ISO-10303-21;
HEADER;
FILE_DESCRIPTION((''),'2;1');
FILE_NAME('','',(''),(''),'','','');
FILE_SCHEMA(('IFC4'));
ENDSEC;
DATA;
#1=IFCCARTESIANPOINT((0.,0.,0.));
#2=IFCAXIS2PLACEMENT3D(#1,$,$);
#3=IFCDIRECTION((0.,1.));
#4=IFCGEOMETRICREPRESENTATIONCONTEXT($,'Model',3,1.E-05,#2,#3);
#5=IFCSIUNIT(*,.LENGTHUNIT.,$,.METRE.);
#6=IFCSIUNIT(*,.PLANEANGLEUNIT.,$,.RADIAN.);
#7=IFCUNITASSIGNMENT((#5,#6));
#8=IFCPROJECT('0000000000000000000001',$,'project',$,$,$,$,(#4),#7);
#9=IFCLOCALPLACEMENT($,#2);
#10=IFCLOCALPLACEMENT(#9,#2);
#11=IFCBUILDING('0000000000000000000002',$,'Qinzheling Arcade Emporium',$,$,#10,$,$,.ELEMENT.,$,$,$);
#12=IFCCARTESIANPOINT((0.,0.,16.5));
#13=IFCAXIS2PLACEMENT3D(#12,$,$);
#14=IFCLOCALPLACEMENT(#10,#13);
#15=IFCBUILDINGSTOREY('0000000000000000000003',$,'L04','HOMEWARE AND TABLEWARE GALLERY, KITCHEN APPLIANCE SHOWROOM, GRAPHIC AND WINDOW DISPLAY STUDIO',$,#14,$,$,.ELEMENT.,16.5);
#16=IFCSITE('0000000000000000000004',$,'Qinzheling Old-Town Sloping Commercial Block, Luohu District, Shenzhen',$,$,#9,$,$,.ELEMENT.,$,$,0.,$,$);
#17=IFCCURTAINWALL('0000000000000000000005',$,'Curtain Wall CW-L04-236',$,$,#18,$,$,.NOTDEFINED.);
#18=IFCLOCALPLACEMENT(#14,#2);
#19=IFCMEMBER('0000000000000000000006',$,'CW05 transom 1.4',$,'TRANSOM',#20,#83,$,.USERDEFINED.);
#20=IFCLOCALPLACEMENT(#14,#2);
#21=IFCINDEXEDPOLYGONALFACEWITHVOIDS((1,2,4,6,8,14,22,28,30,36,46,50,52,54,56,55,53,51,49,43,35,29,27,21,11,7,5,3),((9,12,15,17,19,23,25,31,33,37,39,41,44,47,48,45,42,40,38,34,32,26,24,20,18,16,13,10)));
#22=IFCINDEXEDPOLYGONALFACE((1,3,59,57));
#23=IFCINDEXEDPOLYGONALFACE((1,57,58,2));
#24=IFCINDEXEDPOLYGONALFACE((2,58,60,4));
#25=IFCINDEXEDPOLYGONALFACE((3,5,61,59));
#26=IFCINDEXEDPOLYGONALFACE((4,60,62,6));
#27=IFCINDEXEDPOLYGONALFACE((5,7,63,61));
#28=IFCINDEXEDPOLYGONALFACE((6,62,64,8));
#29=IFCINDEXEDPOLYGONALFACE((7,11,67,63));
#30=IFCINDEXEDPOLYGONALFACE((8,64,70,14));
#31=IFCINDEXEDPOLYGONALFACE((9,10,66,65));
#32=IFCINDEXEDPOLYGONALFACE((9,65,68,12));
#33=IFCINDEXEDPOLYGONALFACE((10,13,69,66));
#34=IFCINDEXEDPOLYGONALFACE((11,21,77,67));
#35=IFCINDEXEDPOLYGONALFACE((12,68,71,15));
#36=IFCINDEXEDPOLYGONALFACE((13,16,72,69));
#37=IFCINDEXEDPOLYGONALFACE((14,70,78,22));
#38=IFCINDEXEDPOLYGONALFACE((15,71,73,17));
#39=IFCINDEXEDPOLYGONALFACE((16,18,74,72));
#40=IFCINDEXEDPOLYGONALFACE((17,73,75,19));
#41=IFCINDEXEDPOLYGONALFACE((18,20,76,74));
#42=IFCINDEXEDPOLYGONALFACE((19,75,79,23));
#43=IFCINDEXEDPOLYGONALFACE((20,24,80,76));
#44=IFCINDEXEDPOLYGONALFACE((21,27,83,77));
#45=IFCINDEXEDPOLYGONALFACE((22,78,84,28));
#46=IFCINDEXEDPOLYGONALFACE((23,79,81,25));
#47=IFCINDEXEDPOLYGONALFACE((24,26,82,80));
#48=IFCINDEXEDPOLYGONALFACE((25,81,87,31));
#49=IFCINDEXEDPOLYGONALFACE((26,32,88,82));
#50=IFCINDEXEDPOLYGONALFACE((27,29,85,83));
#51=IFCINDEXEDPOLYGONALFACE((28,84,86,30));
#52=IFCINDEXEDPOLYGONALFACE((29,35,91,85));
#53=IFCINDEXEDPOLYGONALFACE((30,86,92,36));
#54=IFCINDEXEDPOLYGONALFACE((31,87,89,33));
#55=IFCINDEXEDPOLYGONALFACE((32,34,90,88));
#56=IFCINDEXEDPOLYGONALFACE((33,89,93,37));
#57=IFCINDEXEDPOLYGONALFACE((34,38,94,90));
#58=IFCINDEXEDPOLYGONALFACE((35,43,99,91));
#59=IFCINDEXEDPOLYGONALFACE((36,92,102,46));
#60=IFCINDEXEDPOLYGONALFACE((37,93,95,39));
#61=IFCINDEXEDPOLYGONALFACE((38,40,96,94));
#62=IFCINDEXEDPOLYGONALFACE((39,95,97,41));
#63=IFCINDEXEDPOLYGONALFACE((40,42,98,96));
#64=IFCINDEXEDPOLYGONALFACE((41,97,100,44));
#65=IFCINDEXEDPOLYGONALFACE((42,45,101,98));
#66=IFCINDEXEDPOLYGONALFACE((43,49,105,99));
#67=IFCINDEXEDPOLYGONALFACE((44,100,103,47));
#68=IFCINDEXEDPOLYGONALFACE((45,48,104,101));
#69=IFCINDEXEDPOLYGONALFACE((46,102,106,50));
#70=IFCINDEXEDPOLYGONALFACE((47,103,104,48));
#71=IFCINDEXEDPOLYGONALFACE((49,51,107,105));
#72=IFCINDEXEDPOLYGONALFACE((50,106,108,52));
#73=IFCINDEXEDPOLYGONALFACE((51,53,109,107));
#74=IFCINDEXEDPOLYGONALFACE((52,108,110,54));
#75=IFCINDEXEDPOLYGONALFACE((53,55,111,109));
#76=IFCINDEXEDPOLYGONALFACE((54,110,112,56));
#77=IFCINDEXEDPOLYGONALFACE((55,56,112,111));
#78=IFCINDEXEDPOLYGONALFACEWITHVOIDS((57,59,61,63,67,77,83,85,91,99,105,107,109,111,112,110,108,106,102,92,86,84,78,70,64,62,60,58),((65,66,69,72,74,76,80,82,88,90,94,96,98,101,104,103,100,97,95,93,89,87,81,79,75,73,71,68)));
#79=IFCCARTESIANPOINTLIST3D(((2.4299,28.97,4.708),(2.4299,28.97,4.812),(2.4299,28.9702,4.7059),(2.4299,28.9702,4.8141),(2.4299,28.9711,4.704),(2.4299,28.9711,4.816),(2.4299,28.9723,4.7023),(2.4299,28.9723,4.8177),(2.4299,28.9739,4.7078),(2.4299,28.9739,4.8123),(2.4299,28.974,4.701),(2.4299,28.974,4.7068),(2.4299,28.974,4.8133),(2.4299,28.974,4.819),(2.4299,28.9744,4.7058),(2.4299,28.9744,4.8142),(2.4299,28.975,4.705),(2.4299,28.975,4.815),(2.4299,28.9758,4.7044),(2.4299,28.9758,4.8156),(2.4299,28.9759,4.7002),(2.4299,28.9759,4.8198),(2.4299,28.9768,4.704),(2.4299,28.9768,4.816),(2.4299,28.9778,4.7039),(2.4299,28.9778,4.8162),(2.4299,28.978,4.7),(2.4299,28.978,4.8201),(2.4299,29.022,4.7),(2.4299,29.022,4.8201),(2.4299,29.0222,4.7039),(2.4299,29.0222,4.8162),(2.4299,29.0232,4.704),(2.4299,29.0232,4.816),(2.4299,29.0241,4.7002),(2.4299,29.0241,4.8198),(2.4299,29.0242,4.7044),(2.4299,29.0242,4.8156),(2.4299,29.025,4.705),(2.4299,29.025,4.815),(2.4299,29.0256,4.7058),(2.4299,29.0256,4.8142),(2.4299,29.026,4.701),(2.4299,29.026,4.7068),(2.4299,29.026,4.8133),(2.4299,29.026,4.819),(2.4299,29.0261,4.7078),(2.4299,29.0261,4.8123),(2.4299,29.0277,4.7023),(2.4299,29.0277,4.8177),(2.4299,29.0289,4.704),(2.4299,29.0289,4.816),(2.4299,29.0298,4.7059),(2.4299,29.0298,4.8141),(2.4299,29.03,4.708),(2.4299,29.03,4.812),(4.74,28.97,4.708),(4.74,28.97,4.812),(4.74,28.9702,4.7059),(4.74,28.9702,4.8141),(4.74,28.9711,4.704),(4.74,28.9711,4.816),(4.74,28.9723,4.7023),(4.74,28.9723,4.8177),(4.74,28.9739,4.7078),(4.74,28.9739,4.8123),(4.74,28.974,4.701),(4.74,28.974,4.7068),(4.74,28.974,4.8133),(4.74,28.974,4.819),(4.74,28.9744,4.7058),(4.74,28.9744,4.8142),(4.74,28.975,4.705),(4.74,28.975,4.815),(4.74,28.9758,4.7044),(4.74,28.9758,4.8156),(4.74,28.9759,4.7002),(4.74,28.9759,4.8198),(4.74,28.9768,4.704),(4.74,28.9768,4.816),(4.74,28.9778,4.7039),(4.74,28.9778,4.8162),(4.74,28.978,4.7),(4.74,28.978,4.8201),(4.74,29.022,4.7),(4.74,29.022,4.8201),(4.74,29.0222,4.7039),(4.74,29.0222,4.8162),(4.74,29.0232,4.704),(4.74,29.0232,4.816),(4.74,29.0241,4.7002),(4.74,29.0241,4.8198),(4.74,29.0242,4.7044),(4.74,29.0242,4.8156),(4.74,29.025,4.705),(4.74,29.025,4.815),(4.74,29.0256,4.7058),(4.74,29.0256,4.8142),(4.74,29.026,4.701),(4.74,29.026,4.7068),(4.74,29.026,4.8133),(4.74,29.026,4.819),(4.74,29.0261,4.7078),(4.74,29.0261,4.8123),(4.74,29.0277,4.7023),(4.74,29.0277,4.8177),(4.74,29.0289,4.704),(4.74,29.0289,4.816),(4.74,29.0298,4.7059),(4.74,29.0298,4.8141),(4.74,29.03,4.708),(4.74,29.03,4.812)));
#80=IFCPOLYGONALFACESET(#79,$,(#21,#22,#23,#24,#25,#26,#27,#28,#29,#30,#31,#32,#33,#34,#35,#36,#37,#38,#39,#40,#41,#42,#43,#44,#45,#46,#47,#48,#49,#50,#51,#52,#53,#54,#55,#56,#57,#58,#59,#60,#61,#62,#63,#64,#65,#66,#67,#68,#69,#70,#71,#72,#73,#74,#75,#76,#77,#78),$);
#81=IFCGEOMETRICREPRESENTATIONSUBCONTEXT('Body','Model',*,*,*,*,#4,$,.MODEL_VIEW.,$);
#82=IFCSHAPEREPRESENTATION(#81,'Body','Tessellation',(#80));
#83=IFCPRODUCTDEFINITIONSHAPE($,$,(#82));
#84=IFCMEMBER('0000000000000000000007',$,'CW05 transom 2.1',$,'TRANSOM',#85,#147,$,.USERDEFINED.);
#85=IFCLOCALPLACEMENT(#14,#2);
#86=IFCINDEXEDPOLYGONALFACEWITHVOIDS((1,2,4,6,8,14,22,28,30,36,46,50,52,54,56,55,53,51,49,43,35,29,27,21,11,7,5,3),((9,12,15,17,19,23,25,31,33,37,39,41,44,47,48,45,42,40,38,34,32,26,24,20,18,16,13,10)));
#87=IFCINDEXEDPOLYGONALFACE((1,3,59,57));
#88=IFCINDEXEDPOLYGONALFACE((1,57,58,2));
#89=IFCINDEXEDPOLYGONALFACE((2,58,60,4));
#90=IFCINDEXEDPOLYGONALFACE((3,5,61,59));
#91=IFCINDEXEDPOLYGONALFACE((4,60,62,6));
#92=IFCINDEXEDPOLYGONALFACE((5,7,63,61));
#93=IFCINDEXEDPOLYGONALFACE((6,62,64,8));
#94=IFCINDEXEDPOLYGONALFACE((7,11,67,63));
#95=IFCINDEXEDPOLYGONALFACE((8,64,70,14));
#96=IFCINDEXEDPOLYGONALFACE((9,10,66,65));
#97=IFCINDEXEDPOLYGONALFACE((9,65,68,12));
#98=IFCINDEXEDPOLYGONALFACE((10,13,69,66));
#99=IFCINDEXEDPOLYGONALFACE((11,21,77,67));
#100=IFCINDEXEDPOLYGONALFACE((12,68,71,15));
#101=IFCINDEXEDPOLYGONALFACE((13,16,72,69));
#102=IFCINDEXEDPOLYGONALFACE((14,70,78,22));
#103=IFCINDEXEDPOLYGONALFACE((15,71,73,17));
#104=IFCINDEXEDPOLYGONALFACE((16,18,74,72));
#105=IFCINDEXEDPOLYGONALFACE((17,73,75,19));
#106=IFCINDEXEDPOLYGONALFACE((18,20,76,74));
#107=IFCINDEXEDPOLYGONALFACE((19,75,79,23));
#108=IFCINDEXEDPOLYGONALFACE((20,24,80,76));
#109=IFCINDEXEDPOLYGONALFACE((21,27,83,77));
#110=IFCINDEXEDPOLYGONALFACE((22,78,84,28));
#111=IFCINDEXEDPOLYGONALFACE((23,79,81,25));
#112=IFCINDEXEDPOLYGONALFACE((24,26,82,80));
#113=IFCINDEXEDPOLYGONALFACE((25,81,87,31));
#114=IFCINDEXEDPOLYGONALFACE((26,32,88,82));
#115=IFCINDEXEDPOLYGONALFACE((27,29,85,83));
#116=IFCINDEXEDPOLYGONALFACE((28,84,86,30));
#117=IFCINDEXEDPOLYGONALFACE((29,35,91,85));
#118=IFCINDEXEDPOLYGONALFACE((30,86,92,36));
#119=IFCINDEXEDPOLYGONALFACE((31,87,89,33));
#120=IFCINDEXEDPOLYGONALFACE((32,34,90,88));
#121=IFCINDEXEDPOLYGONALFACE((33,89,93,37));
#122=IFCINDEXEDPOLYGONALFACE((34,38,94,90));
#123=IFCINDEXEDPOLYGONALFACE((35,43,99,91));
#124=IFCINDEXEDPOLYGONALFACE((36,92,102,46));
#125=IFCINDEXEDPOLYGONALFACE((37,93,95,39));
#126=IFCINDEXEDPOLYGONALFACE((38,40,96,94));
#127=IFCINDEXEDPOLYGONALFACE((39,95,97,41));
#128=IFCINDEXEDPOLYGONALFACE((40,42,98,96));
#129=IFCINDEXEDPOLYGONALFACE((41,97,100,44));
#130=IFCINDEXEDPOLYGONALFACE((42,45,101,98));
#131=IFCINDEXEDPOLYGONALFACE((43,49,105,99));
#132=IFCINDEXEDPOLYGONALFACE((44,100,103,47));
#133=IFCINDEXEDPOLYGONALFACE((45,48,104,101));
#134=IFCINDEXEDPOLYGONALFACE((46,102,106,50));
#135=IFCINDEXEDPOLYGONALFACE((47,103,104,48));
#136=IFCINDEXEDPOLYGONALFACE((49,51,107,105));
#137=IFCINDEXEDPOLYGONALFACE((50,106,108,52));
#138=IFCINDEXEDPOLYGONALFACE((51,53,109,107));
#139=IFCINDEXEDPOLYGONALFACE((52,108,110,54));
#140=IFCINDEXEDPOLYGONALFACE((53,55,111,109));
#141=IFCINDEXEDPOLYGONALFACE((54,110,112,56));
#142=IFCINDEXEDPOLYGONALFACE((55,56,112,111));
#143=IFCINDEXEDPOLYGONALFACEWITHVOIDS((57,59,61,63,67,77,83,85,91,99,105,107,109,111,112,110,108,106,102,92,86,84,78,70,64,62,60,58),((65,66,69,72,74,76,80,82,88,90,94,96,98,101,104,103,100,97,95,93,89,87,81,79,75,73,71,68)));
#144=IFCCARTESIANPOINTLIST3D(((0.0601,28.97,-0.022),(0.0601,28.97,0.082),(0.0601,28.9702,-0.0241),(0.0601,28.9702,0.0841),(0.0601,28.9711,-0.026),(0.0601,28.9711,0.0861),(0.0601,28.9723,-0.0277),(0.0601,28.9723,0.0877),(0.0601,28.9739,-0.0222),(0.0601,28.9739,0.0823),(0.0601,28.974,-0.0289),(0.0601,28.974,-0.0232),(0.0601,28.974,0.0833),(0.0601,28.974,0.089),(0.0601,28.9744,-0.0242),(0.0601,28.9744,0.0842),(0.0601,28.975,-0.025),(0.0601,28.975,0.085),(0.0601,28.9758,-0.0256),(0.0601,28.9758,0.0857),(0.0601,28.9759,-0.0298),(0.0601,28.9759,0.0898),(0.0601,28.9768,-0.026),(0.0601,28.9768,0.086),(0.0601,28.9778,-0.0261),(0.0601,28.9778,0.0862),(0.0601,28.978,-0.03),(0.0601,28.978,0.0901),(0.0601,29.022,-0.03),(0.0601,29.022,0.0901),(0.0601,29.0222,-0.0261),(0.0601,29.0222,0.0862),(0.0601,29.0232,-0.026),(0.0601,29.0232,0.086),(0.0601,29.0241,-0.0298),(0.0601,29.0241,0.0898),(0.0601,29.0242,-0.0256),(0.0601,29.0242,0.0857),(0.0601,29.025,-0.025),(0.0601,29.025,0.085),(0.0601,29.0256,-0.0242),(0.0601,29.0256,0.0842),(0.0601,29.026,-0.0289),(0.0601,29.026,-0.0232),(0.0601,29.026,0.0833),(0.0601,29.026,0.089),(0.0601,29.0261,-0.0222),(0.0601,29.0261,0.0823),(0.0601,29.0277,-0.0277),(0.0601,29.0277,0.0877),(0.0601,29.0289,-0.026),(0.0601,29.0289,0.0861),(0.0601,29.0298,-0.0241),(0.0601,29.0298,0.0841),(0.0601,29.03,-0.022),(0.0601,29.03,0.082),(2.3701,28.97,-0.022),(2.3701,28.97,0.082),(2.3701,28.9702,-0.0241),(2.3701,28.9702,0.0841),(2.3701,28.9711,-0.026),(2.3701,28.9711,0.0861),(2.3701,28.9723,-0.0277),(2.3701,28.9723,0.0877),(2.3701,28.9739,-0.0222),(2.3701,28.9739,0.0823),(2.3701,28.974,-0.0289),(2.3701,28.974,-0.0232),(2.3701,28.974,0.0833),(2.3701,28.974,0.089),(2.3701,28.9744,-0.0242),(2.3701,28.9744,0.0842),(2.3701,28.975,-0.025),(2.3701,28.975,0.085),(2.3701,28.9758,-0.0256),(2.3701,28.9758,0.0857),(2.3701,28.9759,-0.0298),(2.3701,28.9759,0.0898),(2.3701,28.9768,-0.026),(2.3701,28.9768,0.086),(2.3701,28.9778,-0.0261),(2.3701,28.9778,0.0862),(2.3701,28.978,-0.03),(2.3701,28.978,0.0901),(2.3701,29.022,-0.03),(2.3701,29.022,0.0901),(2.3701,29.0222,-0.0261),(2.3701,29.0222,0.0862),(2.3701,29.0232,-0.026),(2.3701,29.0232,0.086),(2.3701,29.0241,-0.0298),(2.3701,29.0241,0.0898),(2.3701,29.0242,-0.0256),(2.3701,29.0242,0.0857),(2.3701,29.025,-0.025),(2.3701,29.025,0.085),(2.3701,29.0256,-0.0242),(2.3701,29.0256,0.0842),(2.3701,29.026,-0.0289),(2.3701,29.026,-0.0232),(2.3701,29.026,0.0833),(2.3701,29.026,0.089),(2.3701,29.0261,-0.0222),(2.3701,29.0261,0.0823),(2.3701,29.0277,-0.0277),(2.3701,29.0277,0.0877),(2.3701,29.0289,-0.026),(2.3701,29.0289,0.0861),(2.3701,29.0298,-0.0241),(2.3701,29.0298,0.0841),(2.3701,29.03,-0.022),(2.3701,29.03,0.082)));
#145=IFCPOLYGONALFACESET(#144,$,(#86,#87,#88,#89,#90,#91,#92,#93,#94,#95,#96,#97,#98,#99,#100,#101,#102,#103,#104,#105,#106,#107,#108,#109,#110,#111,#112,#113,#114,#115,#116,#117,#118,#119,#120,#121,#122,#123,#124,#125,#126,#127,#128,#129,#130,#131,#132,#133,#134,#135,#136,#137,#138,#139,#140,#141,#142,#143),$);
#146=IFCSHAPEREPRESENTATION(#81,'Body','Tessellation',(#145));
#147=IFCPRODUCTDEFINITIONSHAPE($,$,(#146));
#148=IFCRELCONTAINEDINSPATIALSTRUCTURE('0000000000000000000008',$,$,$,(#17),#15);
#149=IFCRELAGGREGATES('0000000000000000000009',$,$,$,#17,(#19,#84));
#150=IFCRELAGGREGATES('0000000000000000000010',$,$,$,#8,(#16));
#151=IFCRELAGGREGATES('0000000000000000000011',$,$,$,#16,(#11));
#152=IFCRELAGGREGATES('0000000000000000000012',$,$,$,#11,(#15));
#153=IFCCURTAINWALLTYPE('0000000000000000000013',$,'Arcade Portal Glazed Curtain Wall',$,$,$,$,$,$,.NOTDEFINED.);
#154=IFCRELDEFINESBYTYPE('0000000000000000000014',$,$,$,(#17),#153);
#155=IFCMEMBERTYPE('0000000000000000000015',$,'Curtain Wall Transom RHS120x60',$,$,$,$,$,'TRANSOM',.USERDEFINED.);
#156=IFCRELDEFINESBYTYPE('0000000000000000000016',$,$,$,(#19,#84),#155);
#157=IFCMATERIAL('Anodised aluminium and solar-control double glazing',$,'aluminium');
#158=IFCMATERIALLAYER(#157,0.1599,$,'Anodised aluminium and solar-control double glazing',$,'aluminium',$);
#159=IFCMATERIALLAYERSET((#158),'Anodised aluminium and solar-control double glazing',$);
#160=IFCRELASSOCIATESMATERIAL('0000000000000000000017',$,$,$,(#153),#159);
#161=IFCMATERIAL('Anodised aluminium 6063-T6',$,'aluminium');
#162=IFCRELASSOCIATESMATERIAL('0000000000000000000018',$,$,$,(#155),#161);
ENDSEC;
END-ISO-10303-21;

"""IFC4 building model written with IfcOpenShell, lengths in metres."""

from ifc_helpers import new_model, si_unit, direction, frame, origin, origin_2d, place, context, subcontext, project, spatial, hollow_rectangle, extrude, material, layer, layer_set, material_profile, profile_set, type_object, element, aggregate, save


model = new_model("IFC4")

# Units and contexts
model_context = context("Model", 3, precision=1e-05, world=origin(), true_north=direction((0.0, 1.0)))
body_context = subcontext(model_context, "Body", "Model", "MODEL_VIEW")
ifc_project = project(units=[si_unit("LENGTHUNIT", "METRE"), si_unit("PLANEANGLEUNIT", "RADIAN")], contexts=[model_context])

# Site, building, storey
site_placement = place(None, origin())
site = spatial("IfcSite", under=ifc_project, at=site_placement, Name="Qinzheling Old-Town Sloping Commercial Block, Luohu District, Shenzhen", CompositionType="ELEMENT", RefElevation=0.0)
building_placement = place(site_placement, origin())
building = spatial("IfcBuilding", under=site, at=building_placement, Name="Qinzheling Arcade Emporium", CompositionType="ELEMENT")
storey_placement = place(building_placement, frame((0.0, 0.0, 16.5)))
storey = spatial("IfcBuildingStorey", under=building, at=storey_placement, Name="L04", Description="HOMEWARE AND TABLEWARE GALLERY, KITCHEN APPLIANCE SHOWROOM, GRAPHIC AND WINDOW DISPLAY STUDIO", CompositionType="ELEMENT", Elevation=16.5)

# Shared definitions
ifc_material_1 = material(Name="Anodised aluminium and solar-control double glazing", Category="aluminium")
ifc_layer_1 = layer(ifc_material_1, 0.1599, Name="Anodised aluminium and solar-control double glazing", Category="aluminium")
ifc_layer_set_1 = layer_set([ifc_layer_1], Name="Anodised aluminium and solar-control double glazing")
curtain_wall_type = type_object("IfcCurtainWallType", Name="Arcade Portal Glazed Curtain Wall", PredefinedType="NOTDEFINED", material=ifc_layer_set_1)
ifc_material_2 = material(Name="Anodised aluminium 6063-T6", Category="aluminium")

# Curtain wall
curtain_wall_1_placement = place(storey_placement, origin())
curtain_wall_1 = element("IfcCurtainWall", 1, at=curtain_wall_1_placement, inside=storey, type_object=curtain_wall_type, Name="Curtain Wall CW-L04-236", PredefinedType="NOTDEFINED")

# Members
ifc_material_profile_1 = material_profile(ifc_material_2, hollow_rectangle(XDim=0.0601, YDim=0.1201, WallThickness=0.0039, InnerFilletRadius=0.0039, OuterFilletRadius=0.0081, at=origin_2d()), Name="RHS 120x60x4", Category="aluminium")
ifc_profile_set_1 = profile_set([ifc_material_profile_1], Name="Anodised aluminium 6063-T6")
member_type_1 = type_object("IfcMemberType", Name="Curtain Wall Transom RHS120x60", ElementType="TRANSOM", PredefinedType="USERDEFINED", material=ifc_profile_set_1)
member_1_placement = place(storey_placement, frame((4.74, 29.0, 4.76), z_axis=(-1.0, 0.0, 0.0), x_axis=(0.0, -1.0, 0.0)))
member_1 = element("IfcMember", 2, at=member_1_placement, type_object=member_type_1, Name="CW05 transom 1.4", ObjectType="TRANSOM", PredefinedType="USERDEFINED", context=body_context, shape_type="SweptSolid", body=[
    extrude(hollow_rectangle(XDim=0.0601, YDim=0.1201, WallThickness=0.0039, InnerFilletRadius=0.0039, OuterFilletRadius=0.0081, at=origin_2d()), origin(), (0.0, 0.0, 1.0), 2.3101),
])
member_2_placement = place(storey_placement, frame((2.3701, 29.0, 0.03), z_axis=(-1.0, 0.0, 0.0), x_axis=(0.0, -1.0, 0.0)))
member_2 = element("IfcMember", 3, at=member_2_placement, type_object=member_type_1, Name="CW05 transom 2.1", ObjectType="TRANSOM", PredefinedType="USERDEFINED", context=body_context, shape_type="SweptSolid", body=[
    extrude(hollow_rectangle(XDim=0.0601, YDim=0.1201, WallThickness=0.0039, InnerFilletRadius=0.0039, OuterFilletRadius=0.0081, at=origin_2d()), origin(), (0.0, 0.0, 1.0), 2.3101),
])

aggregate(curtain_wall_1, [member_1, member_2])

save(model, "model.ifc")
